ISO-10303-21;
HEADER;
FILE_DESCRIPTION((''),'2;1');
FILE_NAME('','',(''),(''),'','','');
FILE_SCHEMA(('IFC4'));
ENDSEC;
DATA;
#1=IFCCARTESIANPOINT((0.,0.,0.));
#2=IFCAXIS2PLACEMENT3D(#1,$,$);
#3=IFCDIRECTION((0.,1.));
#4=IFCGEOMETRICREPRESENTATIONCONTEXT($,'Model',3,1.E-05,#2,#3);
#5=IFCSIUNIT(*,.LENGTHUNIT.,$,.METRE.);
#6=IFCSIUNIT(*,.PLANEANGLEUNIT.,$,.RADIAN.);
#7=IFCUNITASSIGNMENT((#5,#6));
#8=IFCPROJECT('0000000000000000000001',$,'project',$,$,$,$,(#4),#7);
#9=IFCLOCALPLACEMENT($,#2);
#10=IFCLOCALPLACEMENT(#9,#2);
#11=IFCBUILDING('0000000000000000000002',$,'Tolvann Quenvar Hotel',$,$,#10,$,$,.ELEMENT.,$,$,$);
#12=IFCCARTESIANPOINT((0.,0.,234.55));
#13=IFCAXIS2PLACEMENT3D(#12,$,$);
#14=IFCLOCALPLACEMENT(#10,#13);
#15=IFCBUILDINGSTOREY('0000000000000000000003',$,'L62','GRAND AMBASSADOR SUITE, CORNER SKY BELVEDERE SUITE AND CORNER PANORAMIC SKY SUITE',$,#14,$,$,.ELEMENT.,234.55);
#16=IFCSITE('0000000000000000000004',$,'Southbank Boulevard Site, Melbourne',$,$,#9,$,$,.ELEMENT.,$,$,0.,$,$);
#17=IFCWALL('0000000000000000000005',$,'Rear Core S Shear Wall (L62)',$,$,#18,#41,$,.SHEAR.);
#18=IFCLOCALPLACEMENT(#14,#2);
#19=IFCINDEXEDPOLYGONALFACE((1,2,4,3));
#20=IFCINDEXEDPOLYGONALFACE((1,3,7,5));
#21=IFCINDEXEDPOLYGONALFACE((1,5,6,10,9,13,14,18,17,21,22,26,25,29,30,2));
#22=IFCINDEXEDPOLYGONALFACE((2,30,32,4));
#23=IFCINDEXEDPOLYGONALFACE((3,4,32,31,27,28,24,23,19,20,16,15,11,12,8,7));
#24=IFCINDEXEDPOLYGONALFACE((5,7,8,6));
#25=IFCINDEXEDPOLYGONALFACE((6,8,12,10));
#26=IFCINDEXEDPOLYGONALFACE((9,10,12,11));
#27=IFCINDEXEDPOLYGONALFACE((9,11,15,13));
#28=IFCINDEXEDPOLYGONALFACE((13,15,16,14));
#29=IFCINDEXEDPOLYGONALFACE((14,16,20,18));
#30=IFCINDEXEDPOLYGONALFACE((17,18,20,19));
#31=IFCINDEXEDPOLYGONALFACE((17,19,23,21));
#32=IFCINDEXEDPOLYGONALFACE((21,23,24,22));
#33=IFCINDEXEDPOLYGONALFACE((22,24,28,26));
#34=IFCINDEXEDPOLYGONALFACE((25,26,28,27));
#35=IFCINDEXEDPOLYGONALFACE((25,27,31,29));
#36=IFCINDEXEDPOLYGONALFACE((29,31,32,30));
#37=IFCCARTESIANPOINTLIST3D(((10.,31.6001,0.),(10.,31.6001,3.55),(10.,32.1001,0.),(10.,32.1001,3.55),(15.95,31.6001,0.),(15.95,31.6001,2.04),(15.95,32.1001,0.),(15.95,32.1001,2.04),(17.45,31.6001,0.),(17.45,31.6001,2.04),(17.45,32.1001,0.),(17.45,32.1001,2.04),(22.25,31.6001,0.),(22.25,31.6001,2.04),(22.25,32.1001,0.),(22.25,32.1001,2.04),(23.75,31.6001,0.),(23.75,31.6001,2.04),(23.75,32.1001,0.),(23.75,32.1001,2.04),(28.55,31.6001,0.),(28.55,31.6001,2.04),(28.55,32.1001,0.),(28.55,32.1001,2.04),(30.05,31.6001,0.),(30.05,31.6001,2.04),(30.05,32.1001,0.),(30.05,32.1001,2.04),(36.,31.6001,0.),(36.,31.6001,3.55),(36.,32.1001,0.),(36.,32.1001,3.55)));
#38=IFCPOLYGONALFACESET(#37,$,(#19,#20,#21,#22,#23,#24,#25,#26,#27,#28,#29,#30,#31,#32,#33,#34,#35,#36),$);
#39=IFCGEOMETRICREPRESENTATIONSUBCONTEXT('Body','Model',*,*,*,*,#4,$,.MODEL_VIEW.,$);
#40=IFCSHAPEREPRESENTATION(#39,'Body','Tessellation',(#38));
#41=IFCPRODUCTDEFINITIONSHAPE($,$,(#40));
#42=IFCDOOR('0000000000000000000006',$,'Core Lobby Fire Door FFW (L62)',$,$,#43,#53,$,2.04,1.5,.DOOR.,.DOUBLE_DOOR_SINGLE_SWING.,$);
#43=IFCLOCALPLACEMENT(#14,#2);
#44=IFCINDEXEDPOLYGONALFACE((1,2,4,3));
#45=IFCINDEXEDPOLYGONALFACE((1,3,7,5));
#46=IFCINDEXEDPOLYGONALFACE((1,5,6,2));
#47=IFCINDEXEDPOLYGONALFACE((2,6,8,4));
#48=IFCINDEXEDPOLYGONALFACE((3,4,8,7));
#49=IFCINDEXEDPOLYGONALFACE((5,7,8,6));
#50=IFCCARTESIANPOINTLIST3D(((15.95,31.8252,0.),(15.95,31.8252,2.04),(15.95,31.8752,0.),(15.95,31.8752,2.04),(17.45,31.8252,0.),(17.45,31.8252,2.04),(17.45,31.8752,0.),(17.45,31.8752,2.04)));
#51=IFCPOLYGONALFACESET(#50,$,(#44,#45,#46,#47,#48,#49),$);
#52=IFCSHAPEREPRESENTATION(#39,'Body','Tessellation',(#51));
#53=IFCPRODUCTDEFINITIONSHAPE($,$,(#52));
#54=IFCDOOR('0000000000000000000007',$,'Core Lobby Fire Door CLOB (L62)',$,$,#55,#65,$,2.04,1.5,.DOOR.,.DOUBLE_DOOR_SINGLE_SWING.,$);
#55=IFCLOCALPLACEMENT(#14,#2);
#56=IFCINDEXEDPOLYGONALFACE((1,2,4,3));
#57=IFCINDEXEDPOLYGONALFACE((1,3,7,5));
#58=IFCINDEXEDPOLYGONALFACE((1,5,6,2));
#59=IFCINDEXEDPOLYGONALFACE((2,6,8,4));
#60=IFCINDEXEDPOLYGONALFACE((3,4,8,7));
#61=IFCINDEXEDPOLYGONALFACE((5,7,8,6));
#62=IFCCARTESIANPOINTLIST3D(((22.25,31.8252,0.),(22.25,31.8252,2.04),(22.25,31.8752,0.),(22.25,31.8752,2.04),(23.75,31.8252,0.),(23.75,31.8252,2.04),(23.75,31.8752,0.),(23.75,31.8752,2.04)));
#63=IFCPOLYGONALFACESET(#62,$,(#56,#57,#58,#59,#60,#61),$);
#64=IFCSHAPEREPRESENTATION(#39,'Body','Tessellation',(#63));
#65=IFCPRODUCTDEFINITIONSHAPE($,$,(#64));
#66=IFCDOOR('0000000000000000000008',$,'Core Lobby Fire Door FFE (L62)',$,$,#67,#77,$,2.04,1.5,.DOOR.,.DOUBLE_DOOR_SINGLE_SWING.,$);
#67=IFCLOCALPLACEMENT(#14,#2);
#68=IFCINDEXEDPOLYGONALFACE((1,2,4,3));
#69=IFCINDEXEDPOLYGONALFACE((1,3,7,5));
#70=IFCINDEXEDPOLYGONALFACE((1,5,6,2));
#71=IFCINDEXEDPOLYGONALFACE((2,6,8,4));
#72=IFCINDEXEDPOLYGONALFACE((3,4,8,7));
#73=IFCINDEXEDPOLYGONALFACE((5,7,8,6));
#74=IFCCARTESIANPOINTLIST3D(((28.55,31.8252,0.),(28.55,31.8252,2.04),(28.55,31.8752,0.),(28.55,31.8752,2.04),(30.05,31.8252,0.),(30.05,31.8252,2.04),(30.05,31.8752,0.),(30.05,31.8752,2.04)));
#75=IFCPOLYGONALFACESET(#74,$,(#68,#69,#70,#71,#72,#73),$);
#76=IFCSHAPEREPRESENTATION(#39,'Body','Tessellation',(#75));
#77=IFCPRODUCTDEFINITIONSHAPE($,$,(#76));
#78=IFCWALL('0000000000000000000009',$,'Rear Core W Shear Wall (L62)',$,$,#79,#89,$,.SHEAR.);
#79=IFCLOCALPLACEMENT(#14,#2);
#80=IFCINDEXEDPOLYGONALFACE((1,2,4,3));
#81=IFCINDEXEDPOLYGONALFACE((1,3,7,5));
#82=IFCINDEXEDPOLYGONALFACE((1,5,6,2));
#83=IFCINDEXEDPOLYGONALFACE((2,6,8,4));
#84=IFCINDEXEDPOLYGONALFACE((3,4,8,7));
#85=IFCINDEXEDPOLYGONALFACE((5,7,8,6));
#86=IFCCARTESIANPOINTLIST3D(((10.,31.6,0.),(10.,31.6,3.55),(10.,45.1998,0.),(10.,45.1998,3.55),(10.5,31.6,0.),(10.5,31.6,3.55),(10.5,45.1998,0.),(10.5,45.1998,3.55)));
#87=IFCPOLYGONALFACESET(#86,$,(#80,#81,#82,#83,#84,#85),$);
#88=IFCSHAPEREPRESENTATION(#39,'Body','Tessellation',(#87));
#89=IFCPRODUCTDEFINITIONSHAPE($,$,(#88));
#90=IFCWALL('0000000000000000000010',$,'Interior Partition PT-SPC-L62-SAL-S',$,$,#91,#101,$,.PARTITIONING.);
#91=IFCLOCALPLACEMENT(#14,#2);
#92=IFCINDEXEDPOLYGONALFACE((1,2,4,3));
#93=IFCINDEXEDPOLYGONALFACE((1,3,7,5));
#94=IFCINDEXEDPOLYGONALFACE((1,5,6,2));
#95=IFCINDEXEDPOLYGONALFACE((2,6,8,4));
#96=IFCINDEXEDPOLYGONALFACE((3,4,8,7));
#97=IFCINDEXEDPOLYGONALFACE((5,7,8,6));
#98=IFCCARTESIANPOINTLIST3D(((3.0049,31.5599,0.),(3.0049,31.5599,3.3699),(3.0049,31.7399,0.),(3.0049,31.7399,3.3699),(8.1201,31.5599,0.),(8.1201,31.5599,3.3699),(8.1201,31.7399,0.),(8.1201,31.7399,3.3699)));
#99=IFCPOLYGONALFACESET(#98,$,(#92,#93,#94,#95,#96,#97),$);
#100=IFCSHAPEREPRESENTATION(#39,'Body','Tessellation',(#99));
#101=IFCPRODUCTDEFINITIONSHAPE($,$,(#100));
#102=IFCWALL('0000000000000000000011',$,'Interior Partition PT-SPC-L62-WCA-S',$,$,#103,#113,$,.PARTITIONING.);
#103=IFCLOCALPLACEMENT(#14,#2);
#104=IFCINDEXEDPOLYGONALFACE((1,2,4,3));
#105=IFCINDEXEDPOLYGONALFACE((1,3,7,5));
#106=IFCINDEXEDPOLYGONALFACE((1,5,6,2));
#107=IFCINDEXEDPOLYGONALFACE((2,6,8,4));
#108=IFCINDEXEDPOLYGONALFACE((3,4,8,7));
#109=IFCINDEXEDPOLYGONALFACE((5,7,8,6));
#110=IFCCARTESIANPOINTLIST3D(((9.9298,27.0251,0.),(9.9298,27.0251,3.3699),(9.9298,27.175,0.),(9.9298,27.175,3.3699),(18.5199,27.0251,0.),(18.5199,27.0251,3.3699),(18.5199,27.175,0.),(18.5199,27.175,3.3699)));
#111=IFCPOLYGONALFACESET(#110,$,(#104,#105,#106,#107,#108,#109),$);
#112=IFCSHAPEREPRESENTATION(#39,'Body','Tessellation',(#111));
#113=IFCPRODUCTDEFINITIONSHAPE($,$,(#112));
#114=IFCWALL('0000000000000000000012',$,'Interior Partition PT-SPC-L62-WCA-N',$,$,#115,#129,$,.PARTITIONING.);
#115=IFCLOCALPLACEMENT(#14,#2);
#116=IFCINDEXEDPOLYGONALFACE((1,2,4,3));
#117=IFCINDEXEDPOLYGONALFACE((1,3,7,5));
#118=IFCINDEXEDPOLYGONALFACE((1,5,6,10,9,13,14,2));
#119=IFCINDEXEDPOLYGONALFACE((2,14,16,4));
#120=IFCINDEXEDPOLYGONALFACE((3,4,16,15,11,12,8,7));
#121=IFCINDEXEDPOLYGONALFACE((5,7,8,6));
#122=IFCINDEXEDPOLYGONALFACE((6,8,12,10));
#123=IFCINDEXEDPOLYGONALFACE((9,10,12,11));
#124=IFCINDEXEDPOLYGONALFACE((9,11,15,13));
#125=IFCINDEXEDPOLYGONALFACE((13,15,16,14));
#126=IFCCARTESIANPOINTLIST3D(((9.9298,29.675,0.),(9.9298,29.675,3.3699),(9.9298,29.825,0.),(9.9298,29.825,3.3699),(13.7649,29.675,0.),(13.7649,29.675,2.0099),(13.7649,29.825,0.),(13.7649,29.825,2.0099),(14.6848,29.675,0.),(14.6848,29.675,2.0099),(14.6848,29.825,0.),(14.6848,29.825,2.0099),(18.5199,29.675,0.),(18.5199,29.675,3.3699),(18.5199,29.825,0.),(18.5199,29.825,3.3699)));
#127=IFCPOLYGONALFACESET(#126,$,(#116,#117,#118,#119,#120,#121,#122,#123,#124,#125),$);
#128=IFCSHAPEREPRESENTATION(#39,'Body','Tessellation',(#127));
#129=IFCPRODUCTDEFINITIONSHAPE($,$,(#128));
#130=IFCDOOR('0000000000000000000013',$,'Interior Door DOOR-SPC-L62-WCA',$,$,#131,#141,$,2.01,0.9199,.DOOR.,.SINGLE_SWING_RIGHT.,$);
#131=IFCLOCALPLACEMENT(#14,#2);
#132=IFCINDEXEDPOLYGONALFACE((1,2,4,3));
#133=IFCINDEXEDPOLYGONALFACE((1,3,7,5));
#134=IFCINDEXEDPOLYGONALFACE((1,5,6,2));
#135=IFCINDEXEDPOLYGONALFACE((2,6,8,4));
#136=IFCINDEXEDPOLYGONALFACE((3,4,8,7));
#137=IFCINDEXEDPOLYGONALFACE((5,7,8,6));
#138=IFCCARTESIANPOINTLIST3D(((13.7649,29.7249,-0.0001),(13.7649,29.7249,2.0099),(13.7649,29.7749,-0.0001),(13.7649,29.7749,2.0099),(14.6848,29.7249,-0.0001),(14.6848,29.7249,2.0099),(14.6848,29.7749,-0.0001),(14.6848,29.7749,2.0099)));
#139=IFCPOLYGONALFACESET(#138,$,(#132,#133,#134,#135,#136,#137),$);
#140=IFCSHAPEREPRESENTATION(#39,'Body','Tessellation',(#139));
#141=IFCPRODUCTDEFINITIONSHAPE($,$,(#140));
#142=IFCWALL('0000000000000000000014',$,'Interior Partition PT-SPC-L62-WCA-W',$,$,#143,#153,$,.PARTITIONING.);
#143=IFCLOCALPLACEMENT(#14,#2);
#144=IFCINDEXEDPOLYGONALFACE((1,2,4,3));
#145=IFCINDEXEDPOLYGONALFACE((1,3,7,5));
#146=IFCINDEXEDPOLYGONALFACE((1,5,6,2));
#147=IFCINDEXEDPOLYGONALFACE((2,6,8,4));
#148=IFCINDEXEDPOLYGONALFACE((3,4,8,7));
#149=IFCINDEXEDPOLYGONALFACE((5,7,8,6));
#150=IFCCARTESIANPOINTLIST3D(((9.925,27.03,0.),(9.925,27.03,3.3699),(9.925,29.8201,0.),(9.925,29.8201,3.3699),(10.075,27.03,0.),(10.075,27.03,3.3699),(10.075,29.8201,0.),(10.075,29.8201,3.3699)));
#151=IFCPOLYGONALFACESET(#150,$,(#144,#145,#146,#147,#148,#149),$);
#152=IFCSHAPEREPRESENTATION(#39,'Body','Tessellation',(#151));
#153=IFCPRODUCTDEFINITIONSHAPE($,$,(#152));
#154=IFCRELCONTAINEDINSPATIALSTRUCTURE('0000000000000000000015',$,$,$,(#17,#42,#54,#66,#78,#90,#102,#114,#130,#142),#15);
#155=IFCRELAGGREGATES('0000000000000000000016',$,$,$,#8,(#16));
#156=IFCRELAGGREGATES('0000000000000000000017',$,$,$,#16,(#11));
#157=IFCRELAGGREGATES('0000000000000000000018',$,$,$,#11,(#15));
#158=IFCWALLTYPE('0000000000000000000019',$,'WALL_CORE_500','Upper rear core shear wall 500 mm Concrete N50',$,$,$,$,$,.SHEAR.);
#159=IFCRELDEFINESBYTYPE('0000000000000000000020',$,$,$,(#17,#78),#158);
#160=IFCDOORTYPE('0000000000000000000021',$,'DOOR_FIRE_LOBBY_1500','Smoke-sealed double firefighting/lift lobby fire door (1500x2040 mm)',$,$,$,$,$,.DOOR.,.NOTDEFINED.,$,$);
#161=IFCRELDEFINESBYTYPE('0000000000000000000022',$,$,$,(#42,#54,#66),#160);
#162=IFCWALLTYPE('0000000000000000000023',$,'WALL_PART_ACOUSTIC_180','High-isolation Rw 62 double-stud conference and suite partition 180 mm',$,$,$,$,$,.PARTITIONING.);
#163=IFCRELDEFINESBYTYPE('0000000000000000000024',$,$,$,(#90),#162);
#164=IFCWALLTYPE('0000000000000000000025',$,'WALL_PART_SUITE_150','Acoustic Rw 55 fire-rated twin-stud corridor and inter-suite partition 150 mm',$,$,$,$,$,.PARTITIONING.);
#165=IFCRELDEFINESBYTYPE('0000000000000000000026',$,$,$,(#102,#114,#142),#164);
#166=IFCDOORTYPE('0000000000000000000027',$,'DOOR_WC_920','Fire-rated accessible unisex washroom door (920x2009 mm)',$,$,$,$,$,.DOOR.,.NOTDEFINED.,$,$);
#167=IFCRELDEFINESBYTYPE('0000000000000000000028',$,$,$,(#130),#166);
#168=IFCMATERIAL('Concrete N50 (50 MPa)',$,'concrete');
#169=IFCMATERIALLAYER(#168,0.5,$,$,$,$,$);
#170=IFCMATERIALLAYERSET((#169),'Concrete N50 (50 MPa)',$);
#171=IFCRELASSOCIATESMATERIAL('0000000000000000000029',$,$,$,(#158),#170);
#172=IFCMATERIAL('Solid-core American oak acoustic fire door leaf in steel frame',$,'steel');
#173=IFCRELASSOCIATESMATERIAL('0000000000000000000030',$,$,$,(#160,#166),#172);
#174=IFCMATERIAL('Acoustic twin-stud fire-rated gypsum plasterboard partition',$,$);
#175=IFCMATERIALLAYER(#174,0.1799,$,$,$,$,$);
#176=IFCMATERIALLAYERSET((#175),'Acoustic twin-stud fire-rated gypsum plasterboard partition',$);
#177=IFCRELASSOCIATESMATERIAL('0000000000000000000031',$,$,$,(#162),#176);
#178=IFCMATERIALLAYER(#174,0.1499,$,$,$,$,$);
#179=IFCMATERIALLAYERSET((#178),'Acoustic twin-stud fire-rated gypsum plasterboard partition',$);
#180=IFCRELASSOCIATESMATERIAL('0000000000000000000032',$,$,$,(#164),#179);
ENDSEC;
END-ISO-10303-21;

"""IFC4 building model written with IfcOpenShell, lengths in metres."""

from ifc_helpers import new_model, si_unit, direction, frame, frame_2d, origin, place, context, subcontext, project, spatial, rectangle, extrude, source, transform, mapped, material, layer, layer_set, type_object, type_shapes, element, fill, save


model = new_model("IFC4")

# Units and contexts
model_context = context("Model", 3, precision=1e-05, world=origin(), true_north=direction((0.0, 1.0)))
body_context = subcontext(model_context, "Body", "Model", "MODEL_VIEW")
ifc_project = project(units=[si_unit("LENGTHUNIT", "METRE"), si_unit("PLANEANGLEUNIT", "RADIAN")], contexts=[model_context])

# Site, building, storey
site_placement = place(None, origin())
site = spatial("IfcSite", under=ifc_project, at=site_placement, Name="Southbank Boulevard Site, Melbourne", CompositionType="ELEMENT", RefElevation=0.0)
building_placement = place(site_placement, origin())
building = spatial("IfcBuilding", under=site, at=building_placement, Name="Tolvann Quenvar Hotel", CompositionType="ELEMENT")
storey_placement = place(building_placement, frame((0.0, 0.0, 234.55)))
storey = spatial("IfcBuildingStorey", under=building, at=storey_placement, Name="L62", Description="GRAND AMBASSADOR SUITE, CORNER SKY BELVEDERE SUITE AND CORNER PANORAMIC SKY SUITE", CompositionType="ELEMENT", Elevation=234.55)

# Shared definitions
ifc_material_1 = material(Name="Concrete N50 (50 MPa)", Category="concrete")

# Wall, openings, doors
ifc_layer_1 = layer(ifc_material_1, 0.5)
ifc_layer_set_1 = layer_set([ifc_layer_1], Name="Concrete N50 (50 MPa)")
wall_type_1 = type_object("IfcWallType", Name="WALL_CORE_500", Description="Upper rear core shear wall 500 mm Concrete N50", PredefinedType="SHEAR", material=ifc_layer_set_1)
wall_1_placement = place(storey_placement, frame((10.0, 31.8501, 0.0), z_axis=(0.0, 0.0, 1.0), x_axis=(1.0, 0.0, 0.0)))
wall_1 = element("IfcWall", 1, at=wall_1_placement, inside=storey, type_object=wall_type_1, Name="Rear Core S Shear Wall (L62)", PredefinedType="SHEAR", context=body_context, shape_type="SweptSolid", body=[
    extrude(rectangle(XDim=26.0, YDim=0.5, at=frame_2d((13.0, 0.0))), origin(), (0.0, 0.0, 1.0), 3.55),
])
opening_1_placement = place(wall_1_placement, frame((7.45, 0.0, 0.0), z_axis=(0.0, 0.0, 1.0), x_axis=(-1.0, 0.0, 0.0)))
opening_1 = element("IfcOpeningElement", 2, at=opening_1_placement, cuts=wall_1, PredefinedType="OPENING", context=body_context, shape_type="SweptSolid", body=[
    extrude(rectangle(XDim=1.5, YDim=2.04, at=frame_2d((0.75, 1.02))), frame((0.0, 0.26, 0.0), z_axis=(0.0, -1.0, 0.0), x_axis=(1.0, 0.0, 0.0)), (0.0, 0.0, 1.0), 0.52),
])
opening_2_placement = place(wall_1_placement, frame((13.75, 0.0, 0.0), z_axis=(0.0, 0.0, 1.0), x_axis=(-1.0, 0.0, 0.0)))
opening_2 = element("IfcOpeningElement", 3, at=opening_2_placement, cuts=wall_1, PredefinedType="OPENING", context=body_context, shape_type="SweptSolid", body=[
    extrude(rectangle(XDim=1.5, YDim=2.04, at=frame_2d((0.75, 1.02))), frame((0.0, 0.26, 0.0), z_axis=(0.0, -1.0, 0.0), x_axis=(1.0, 0.0, 0.0)), (0.0, 0.0, 1.0), 0.52),
])
opening_3_placement = place(wall_1_placement, frame((20.05, 0.0, 0.0), z_axis=(0.0, 0.0, 1.0), x_axis=(-1.0, 0.0, 0.0)))
opening_3 = element("IfcOpeningElement", 4, at=opening_3_placement, cuts=wall_1, PredefinedType="OPENING", context=body_context, shape_type="SweptSolid", body=[
    extrude(rectangle(XDim=1.5, YDim=2.04, at=frame_2d((0.75, 1.02))), frame((0.0, 0.26, 0.0), z_axis=(0.0, -1.0, 0.0), x_axis=(1.0, 0.0, 0.0)), (0.0, 0.0, 1.0), 0.52),
])
ifc_material_2 = material(Name="Solid-core American oak acoustic fire door leaf in steel frame", Category="steel")
door_type_1 = type_object("IfcDoorType", Name="DOOR_FIRE_LOBBY_1500", Description="Smoke-sealed double firefighting/lift lobby fire door (1500x2040 mm)", OperationType="NOTDEFINED", PredefinedType="DOOR", material=ifc_material_2)
shared_shape_1 = source(origin(), body_context, "Body", "SweptSolid", [
    extrude(rectangle(XDim=1.5, YDim=2.04, at=frame_2d((0.75, 1.02))), frame((0.0, 0.0249, 0.0), z_axis=(0.0, -1.0, 0.0), x_axis=(1.0, 0.0, 0.0)), (0.0, 0.0, 1.0), 0.05),
])
type_shapes(door_type_1, [shared_shape_1])
door_1_placement = place(opening_1_placement, origin())
door_1 = element("IfcDoor", 5, at=door_1_placement, inside=storey, type_object=door_type_1, Name="Core Lobby Fire Door FFW (L62)", OperationType="DOUBLE_DOOR_SINGLE_SWING", OverallHeight=2.04, OverallWidth=1.5, PredefinedType="DOOR", context=body_context, shape_type="MappedRepresentation", body=[
    mapped(shared_shape_1, transform((0.0, 0.0, 0.0), x_axis=(1.0, 0.0, 0.0), y_axis=(0.0, 1.0, 0.0), z_axis=(0.0, 0.0, 1.0), scale=1.0)),
])
fill(opening_1, door_1)
door_2_placement = place(opening_2_placement, origin())
door_2 = element("IfcDoor", 6, at=door_2_placement, inside=storey, type_object=door_type_1, Name="Core Lobby Fire Door CLOB (L62)", OperationType="DOUBLE_DOOR_SINGLE_SWING", OverallHeight=2.04, OverallWidth=1.5, PredefinedType="DOOR", context=body_context, shape_type="MappedRepresentation", body=[
    mapped(shared_shape_1, transform((0.0, 0.0, 0.0), x_axis=(1.0, 0.0, 0.0), y_axis=(0.0, 1.0, 0.0), z_axis=(0.0, 0.0, 1.0), scale=1.0)),
])
fill(opening_2, door_2)
door_3_placement = place(opening_3_placement, origin())
door_3 = element("IfcDoor", 7, at=door_3_placement, inside=storey, type_object=door_type_1, Name="Core Lobby Fire Door FFE (L62)", OperationType="DOUBLE_DOOR_SINGLE_SWING", OverallHeight=2.04, OverallWidth=1.5, PredefinedType="DOOR", context=body_context, shape_type="MappedRepresentation", body=[
    mapped(shared_shape_1, transform((0.0, 0.0, 0.0), x_axis=(1.0, 0.0, 0.0), y_axis=(0.0, 1.0, 0.0), z_axis=(0.0, 0.0, 1.0), scale=1.0)),
])
fill(opening_3, door_3)

# Walls
wall_2_placement = place(storey_placement, frame((10.25, 31.6001, 0.0), z_axis=(0.0, 0.0, 1.0), x_axis=(0.0, 1.0, 0.0)))
element("IfcWall", 8, at=wall_2_placement, inside=storey, type_object=wall_type_1, Name="Rear Core W Shear Wall (L62)", PredefinedType="SHEAR", context=body_context, shape_type="SweptSolid", body=[
    extrude(rectangle(XDim=13.5999, YDim=0.5, at=frame_2d((6.7998, 0.0))), origin(), (0.0, 0.0, 1.0), 3.55),
])
ifc_material_3 = material(Name="Acoustic twin-stud fire-rated gypsum plasterboard partition")
ifc_layer_2 = layer(ifc_material_3, 0.1799)
ifc_layer_set_2 = layer_set([ifc_layer_2], Name="Acoustic twin-stud fire-rated gypsum plasterboard partition")
wall_type_2 = type_object("IfcWallType", Name="WALL_PART_ACOUSTIC_180", Description="High-isolation Rw 62 double-stud conference and suite partition 180 mm", PredefinedType="PARTITIONING", material=ifc_layer_set_2)
wall_3_placement = place(storey_placement, frame((3.0049, 31.6499, 0.0), z_axis=(0.0, 0.0, 1.0), x_axis=(1.0, 0.0, 0.0)))
element("IfcWall", 9, at=wall_3_placement, inside=storey, type_object=wall_type_2, Name="Interior Partition PT-SPC-L62-SAL-S", PredefinedType="PARTITIONING", context=body_context, shape_type="SweptSolid", body=[
    extrude(rectangle(XDim=5.1152, YDim=0.1799, at=frame_2d((2.5576, 0.0))), origin(), (0.0, 0.0, 1.0), 3.3699),
])

# Wall
ifc_layer_3 = layer(ifc_material_3, 0.1499)
ifc_layer_set_3 = layer_set([ifc_layer_3], Name="Acoustic twin-stud fire-rated gypsum plasterboard partition")
wall_type_3 = type_object("IfcWallType", Name="WALL_PART_SUITE_150", Description="Acoustic Rw 55 fire-rated twin-stud corridor and inter-suite partition 150 mm", PredefinedType="PARTITIONING", material=ifc_layer_set_3)
wall_4_placement = place(storey_placement, frame((9.9299, 27.1001, 0.0), z_axis=(0.0, 0.0, 1.0), x_axis=(1.0, 0.0, 0.0)))
element("IfcWall", 10, at=wall_4_placement, inside=storey, type_object=wall_type_3, Name="Interior Partition PT-SPC-L62-WCA-S", PredefinedType="PARTITIONING", context=body_context, shape_type="SweptSolid", body=[
    extrude(rectangle(XDim=8.5901, YDim=0.1499, at=frame_2d((4.2949, 0.0))), origin(), (0.0, 0.0, 1.0), 3.3699),
])

# Wall, opening, door
wall_5_placement = place(storey_placement, frame((9.9299, 29.75, 0.0), z_axis=(0.0, 0.0, 1.0), x_axis=(1.0, 0.0, 0.0)))
wall_5 = element("IfcWall", 11, at=wall_5_placement, inside=storey, type_object=wall_type_3, Name="Interior Partition PT-SPC-L62-WCA-N", PredefinedType="PARTITIONING", context=body_context, shape_type="SweptSolid", body=[
    extrude(rectangle(XDim=8.5901, YDim=0.1499, at=frame_2d((4.2949, 0.0))), origin(), (0.0, 0.0, 1.0), 3.3699),
])
opening_4_placement = place(wall_5_placement, frame((3.835, 0.0, 0.0)))
opening_4 = element("IfcOpeningElement", 12, at=opening_4_placement, cuts=wall_5, PredefinedType="OPENING", context=body_context, shape_type="SweptSolid", body=[
    extrude(rectangle(XDim=0.9199, YDim=2.01, at=frame_2d((0.46, 1.0049))), frame((0.0, 0.085, 0.0), z_axis=(0.0, -1.0, 0.0), x_axis=(1.0, 0.0, 0.0)), (0.0, 0.0, 1.0), 0.1699),
])
door_type_2 = type_object("IfcDoorType", Name="DOOR_WC_920", Description="Fire-rated accessible unisex washroom door (920x2009 mm)", OperationType="NOTDEFINED", PredefinedType="DOOR", material=ifc_material_2)
shared_shape_2 = source(origin(), body_context, "Body", "SweptSolid", [
    extrude(rectangle(XDim=0.9199, YDim=2.01, at=frame_2d((0.46, 1.0049))), frame((0.0, 0.0249, 0.0), z_axis=(0.0, -1.0, 0.0), x_axis=(1.0, 0.0, 0.0)), (0.0, 0.0, 1.0), 0.05),
])
type_shapes(door_type_2, [shared_shape_2])
door_4_placement = place(opening_4_placement, origin())
door_4 = element("IfcDoor", 13, at=door_4_placement, inside=storey, type_object=door_type_2, Name="Interior Door DOOR-SPC-L62-WCA", OperationType="SINGLE_SWING_RIGHT", OverallHeight=2.01, OverallWidth=0.9199, PredefinedType="DOOR", context=body_context, shape_type="MappedRepresentation", body=[
    mapped(shared_shape_2, transform((0.0, 0.0, 0.0), x_axis=(1.0, 0.0, 0.0), y_axis=(0.0, 1.0, 0.0), z_axis=(0.0, 0.0, 1.0), scale=1.0)),
])
fill(opening_4, door_4)

# Wall
wall_6_placement = place(storey_placement, frame((10.0, 27.03, 0.0), z_axis=(0.0, 0.0, 1.0), x_axis=(0.0, 1.0, 0.0)))
element("IfcWall", 14, at=wall_6_placement, inside=storey, type_object=wall_type_3, Name="Interior Partition PT-SPC-L62-WCA-W", PredefinedType="PARTITIONING", context=body_context, shape_type="SweptSolid", body=[
    extrude(rectangle(XDim=2.79, YDim=0.1499, at=frame_2d((1.395, 0.0))), origin(), (0.0, 0.0, 1.0), 3.3699),
])

save(model, "model.ifc")
